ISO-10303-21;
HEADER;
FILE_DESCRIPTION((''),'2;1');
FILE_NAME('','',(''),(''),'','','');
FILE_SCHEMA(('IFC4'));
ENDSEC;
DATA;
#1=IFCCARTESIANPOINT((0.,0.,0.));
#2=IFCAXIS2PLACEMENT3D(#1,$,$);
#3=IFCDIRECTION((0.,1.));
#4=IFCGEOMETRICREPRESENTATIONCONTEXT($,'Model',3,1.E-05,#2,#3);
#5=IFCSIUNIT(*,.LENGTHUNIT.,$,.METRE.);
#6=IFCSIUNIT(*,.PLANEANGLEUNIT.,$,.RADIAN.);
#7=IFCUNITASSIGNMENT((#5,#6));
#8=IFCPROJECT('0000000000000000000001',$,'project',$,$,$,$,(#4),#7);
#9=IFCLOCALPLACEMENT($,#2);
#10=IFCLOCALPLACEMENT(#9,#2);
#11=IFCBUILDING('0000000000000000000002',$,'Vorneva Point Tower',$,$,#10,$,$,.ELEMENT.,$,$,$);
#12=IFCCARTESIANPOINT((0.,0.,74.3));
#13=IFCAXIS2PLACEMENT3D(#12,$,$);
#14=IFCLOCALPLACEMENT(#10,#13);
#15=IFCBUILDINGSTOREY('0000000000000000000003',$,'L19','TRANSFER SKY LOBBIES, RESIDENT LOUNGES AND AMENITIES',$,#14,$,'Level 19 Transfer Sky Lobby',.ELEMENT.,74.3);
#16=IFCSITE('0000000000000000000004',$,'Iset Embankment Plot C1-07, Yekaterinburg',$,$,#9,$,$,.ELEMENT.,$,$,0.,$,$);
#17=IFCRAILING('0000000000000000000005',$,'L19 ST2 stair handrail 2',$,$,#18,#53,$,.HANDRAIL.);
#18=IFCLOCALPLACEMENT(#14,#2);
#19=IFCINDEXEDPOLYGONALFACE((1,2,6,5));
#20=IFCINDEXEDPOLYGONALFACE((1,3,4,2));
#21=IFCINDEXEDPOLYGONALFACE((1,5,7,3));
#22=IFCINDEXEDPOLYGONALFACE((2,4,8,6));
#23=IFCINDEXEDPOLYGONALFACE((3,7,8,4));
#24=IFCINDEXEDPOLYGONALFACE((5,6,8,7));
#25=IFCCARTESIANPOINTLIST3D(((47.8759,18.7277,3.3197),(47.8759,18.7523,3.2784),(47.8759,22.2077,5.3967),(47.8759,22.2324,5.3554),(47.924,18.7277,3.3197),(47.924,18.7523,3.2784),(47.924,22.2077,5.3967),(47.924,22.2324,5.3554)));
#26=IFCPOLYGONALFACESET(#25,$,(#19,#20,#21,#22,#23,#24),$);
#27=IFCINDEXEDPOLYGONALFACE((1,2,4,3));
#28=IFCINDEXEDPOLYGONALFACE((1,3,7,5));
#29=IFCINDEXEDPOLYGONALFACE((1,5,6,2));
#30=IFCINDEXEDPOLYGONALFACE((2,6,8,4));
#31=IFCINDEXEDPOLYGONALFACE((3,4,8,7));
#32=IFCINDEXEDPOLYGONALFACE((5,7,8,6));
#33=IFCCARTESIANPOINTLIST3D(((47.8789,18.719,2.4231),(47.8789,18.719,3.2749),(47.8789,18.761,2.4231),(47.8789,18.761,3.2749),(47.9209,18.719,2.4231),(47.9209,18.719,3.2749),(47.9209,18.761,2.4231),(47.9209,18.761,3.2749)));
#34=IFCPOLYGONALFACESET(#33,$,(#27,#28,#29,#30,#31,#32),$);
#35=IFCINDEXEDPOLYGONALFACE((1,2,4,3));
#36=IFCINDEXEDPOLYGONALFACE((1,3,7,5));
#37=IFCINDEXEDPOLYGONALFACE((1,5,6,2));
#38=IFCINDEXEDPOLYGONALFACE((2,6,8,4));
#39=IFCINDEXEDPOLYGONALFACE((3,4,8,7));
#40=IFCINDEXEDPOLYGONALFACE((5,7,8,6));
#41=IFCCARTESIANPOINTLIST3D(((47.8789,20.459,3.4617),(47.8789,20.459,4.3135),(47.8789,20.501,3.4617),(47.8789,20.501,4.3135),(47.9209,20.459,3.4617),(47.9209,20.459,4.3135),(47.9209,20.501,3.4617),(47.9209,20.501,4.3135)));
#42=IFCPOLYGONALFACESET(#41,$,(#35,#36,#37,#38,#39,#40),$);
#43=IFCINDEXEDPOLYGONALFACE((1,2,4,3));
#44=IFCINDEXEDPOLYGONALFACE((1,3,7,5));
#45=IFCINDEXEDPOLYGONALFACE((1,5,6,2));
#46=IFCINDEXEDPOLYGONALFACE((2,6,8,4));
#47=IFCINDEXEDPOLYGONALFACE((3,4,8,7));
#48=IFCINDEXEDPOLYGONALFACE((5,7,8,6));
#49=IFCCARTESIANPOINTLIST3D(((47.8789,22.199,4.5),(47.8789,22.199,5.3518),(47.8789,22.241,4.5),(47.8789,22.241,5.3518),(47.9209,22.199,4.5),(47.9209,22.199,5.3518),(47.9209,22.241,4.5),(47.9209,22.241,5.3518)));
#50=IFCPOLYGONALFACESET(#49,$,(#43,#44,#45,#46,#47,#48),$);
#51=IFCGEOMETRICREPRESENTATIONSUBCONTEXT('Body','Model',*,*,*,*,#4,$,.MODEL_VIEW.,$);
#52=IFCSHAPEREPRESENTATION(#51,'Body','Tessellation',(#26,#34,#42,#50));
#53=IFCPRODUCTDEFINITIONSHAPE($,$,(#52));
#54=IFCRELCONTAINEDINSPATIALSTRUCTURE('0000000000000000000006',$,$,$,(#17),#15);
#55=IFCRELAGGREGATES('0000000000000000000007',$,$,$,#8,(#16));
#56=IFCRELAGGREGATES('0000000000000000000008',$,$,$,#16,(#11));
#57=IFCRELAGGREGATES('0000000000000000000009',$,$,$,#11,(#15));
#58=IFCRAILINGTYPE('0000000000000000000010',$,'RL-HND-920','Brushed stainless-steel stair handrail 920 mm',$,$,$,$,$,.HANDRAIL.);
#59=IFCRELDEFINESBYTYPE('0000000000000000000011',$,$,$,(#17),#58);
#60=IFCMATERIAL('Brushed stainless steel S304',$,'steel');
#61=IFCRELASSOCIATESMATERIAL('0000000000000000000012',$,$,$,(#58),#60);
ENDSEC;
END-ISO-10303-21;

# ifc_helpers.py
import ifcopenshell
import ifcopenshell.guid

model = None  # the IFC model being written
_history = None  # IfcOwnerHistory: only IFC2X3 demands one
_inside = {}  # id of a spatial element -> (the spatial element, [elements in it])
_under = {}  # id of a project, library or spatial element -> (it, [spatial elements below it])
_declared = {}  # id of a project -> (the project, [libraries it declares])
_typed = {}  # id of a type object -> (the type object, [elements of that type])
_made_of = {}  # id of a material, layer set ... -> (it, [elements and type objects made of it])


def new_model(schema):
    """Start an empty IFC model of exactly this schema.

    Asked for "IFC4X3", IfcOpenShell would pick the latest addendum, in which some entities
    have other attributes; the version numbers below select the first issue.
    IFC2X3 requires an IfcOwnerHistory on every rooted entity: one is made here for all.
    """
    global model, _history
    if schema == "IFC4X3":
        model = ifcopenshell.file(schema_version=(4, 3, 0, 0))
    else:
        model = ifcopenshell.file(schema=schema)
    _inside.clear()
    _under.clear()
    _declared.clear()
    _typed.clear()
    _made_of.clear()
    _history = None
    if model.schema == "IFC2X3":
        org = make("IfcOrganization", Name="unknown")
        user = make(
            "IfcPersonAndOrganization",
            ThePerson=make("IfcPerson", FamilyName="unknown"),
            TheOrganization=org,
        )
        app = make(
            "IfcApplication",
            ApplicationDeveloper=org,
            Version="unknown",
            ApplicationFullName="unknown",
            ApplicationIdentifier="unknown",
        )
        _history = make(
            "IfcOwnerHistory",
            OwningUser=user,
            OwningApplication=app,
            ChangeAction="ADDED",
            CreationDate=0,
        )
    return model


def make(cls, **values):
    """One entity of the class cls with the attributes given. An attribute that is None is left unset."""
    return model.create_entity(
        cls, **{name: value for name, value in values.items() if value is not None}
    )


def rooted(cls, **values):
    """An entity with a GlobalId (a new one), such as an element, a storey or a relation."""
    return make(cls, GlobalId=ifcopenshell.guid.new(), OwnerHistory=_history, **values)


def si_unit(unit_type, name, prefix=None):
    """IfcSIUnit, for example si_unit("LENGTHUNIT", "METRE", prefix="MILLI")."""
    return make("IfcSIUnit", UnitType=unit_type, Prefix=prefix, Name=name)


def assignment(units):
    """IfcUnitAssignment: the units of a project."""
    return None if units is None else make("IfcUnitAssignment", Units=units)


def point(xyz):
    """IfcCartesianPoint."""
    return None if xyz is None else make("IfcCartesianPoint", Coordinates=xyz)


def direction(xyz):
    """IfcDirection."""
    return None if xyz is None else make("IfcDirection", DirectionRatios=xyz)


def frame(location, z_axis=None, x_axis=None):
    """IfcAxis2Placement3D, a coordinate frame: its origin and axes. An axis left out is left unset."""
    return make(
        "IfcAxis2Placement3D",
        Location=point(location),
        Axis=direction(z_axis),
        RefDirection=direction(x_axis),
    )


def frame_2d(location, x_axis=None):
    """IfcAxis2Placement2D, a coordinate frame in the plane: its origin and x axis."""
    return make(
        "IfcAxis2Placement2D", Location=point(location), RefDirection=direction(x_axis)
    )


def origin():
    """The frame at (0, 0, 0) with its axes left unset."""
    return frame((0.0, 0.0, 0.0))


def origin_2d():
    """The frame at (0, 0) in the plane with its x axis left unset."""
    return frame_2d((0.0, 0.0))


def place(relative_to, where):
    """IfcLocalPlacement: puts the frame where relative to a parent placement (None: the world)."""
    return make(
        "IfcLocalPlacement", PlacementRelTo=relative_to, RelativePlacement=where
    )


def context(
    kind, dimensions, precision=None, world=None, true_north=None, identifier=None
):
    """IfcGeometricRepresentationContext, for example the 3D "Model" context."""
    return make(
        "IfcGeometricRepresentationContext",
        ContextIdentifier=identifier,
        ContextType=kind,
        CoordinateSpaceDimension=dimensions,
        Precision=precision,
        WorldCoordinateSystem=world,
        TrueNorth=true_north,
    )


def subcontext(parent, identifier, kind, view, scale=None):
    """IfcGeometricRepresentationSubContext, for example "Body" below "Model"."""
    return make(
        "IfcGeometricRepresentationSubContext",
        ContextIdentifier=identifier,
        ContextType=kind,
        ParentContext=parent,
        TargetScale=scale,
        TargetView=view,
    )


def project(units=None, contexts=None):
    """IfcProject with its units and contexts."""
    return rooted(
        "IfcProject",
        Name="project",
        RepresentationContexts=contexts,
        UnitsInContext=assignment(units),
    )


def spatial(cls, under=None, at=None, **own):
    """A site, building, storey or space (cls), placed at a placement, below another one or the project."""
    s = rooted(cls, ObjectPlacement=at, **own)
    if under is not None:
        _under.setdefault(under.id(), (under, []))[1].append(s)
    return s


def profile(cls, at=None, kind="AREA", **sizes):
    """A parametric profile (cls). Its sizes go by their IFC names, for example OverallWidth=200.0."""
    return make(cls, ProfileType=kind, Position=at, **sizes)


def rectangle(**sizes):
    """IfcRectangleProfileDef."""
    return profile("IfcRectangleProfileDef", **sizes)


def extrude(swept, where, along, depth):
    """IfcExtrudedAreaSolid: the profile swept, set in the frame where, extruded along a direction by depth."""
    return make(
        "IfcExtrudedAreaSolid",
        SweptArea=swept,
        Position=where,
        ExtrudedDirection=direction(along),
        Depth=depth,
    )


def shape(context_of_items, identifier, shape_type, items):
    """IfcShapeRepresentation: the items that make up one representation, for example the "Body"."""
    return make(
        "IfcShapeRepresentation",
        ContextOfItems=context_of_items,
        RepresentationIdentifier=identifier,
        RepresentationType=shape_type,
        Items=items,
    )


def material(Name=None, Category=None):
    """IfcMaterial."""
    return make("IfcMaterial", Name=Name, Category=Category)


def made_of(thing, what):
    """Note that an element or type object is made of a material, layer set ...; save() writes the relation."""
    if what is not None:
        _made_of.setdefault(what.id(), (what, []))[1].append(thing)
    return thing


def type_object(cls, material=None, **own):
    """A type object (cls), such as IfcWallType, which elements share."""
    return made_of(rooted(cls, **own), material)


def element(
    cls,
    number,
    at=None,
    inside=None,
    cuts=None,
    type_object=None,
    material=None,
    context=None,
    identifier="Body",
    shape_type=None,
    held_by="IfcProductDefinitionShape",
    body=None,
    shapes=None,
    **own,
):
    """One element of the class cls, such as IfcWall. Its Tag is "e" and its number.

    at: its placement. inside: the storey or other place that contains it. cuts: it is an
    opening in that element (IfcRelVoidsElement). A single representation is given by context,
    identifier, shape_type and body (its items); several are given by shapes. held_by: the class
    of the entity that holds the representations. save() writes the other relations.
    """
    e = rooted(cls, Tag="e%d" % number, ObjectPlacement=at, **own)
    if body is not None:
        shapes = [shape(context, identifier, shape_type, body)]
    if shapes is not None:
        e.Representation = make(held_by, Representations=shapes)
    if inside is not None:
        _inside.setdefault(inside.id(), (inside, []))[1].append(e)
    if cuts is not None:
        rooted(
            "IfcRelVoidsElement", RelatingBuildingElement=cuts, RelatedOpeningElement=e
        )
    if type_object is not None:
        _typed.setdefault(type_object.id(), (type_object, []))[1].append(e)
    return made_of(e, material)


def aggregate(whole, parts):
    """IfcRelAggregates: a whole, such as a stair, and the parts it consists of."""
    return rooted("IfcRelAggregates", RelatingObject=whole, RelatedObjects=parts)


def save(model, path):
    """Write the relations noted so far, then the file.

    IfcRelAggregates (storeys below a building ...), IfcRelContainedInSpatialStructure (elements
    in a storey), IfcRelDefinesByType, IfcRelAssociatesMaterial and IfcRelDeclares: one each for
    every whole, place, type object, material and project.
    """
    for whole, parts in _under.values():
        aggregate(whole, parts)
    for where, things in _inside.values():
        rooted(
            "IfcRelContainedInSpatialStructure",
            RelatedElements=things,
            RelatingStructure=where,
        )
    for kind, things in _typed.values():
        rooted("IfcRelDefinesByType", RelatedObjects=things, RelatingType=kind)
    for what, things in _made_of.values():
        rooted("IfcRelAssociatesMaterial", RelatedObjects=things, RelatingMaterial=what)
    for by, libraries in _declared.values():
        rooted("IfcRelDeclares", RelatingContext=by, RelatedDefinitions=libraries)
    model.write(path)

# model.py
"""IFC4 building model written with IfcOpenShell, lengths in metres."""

from ifc_helpers import new_model, si_unit, direction, frame, origin, origin_2d, place, context, subcontext, project, spatial, rectangle, extrude, material, type_object, element, save


model = new_model("IFC4")

# Units and contexts
model_context = context("Model", 3, precision=1e-05, world=origin(), true_north=direction((0.0, 1.0)))
body_context = subcontext(model_context, "Body", "Model", "MODEL_VIEW")
ifc_project = project(units=[si_unit("LENGTHUNIT", "METRE"), si_unit("PLANEANGLEUNIT", "RADIAN")], contexts=[model_context])

# Site, building, storey
site_placement = place(None, origin())
site = spatial("IfcSite", under=ifc_project, at=site_placement, Name="Iset Embankment Plot C1-07, Yekaterinburg", CompositionType="ELEMENT", RefElevation=0.0)
building_placement = place(site_placement, origin())
building = spatial("IfcBuilding", under=site, at=building_placement, Name="Vorneva Point Tower", CompositionType="ELEMENT")
storey_placement = place(building_placement, frame((0.0, 0.0, 74.3)))
storey = spatial("IfcBuildingStorey", under=building, at=storey_placement, Name="L19", Description="TRANSFER SKY LOBBIES, RESIDENT LOUNGES AND AMENITIES", LongName="Level 19 Transfer Sky Lobby", CompositionType="ELEMENT", Elevation=74.3)

# Railing
ifc_material_1 = material(Name="Brushed stainless steel S304", Category="steel")
railing_type = type_object("IfcRailingType", Name="RL-HND-920", Description="Brushed stainless-steel stair handrail 920 mm", PredefinedType="HANDRAIL", material=ifc_material_1)
railing_placement = place(storey_placement, frame((47.8999, 18.74, 2.4231)))
element("IfcRailing", 1, at=railing_placement, inside=storey, type_object=railing_type, Name="L19 ST2 stair handrail 2", PredefinedType="HANDRAIL", context=body_context, shape_type="SweptSolid", body=[
    extrude(rectangle(XDim=0.0481, YDim=0.0481, at=origin_2d()), frame((0.0, 0.0, 0.876), z_axis=(0.0, 0.858697, 0.512483), x_axis=(-1.0, 0.0, 0.0)), (0.0, 0.0, 1.0), 4.0527),
    extrude(rectangle(XDim=0.042, YDim=0.042, at=origin_2d()), origin(), (0.0, 0.0, 1.0), 0.8518),
    extrude(rectangle(XDim=0.042, YDim=0.042, at=origin_2d()), frame((0.0, 1.74, 1.0386)), (0.0, 0.0, 1.0), 0.8518),
    extrude(rectangle(XDim=0.042, YDim=0.042, at=origin_2d()), frame((0.0, 3.48, 2.0769)), (0.0, 0.0, 1.0), 0.8518),
])

save(model, "model.ifc")
